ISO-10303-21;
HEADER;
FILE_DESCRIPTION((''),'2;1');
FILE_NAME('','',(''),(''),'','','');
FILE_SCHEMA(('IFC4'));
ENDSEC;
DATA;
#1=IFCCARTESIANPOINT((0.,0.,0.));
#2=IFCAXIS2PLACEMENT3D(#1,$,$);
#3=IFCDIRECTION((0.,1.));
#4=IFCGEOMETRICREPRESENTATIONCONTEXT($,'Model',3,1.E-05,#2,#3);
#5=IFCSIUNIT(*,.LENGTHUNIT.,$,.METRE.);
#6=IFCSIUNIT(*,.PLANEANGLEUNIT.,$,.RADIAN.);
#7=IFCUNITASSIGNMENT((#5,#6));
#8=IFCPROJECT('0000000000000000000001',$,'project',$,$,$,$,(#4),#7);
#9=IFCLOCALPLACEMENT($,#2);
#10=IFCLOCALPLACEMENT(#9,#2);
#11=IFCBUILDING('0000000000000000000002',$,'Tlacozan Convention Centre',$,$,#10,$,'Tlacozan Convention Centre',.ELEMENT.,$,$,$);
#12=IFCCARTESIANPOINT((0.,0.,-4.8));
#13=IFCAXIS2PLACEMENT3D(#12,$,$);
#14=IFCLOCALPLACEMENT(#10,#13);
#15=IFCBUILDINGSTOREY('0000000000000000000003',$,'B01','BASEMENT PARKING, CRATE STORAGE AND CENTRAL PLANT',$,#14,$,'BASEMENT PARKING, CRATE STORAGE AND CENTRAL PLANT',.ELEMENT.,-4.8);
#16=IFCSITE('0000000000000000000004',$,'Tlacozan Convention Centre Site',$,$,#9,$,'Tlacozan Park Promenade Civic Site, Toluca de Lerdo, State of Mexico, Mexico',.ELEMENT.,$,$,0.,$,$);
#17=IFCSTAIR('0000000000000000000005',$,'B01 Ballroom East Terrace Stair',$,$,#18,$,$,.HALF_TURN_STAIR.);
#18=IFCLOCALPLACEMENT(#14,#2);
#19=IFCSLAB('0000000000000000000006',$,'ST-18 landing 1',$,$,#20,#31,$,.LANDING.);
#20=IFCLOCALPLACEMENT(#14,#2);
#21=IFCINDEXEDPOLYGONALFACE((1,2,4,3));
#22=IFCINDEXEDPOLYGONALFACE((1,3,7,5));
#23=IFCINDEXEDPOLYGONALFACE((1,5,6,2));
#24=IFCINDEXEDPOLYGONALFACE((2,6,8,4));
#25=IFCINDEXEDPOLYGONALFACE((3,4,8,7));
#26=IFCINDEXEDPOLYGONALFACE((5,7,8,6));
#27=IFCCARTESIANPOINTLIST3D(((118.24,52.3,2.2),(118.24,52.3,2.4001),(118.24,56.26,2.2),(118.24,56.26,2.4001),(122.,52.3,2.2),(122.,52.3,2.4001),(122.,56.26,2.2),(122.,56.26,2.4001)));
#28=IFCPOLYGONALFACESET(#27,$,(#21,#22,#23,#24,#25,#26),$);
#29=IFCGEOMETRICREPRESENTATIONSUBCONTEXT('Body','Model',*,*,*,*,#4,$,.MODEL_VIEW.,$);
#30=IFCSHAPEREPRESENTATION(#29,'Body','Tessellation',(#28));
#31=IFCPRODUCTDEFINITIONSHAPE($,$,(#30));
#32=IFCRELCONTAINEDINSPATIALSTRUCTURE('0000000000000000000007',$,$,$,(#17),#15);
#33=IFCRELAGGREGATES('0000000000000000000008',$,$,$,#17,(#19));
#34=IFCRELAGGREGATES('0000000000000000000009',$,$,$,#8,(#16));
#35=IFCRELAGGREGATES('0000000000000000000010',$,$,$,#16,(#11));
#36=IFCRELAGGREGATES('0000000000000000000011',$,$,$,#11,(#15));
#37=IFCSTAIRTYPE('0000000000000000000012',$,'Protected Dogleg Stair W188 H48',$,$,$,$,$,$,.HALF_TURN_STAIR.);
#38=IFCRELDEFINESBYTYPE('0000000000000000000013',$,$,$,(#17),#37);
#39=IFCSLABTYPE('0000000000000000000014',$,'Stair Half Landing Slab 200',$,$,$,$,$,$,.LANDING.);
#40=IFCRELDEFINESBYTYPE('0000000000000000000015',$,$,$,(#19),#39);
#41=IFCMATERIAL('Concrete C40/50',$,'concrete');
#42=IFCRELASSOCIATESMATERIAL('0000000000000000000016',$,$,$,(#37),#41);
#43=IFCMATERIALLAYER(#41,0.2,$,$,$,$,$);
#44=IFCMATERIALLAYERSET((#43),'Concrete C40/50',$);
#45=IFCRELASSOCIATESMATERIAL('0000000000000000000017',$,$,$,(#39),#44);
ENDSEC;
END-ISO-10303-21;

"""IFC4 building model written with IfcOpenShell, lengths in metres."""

from ifc_helpers import new_model, si_unit, direction, frame, origin, place, context, subcontext, project, spatial, polyline, outline, extrude, material, layer, layer_set, type_object, element, aggregate, save


model = new_model("IFC4")

# Units and contexts
model_context = context("Model", 3, precision=1e-05, world=origin(), true_north=direction((0.0, 1.0)))
body_context = subcontext(model_context, "Body", "Model", "MODEL_VIEW")
ifc_project = project(units=[si_unit("LENGTHUNIT", "METRE"), si_unit("PLANEANGLEUNIT", "RADIAN")], contexts=[model_context])

# Site, building, storey
site_placement = place(None, origin())
site = spatial("IfcSite", under=ifc_project, at=site_placement, Name="Tlacozan Convention Centre Site", LongName="Tlacozan Park Promenade Civic Site, Toluca de Lerdo, State of Mexico, Mexico", CompositionType="ELEMENT", RefElevation=0.0)
building_placement = place(site_placement, origin())
building = spatial("IfcBuilding", under=site, at=building_placement, Name="Tlacozan Convention Centre", LongName="Tlacozan Convention Centre", CompositionType="ELEMENT")
storey_placement = place(building_placement, frame((0.0, 0.0, -4.8)))
storey = spatial("IfcBuildingStorey", under=building, at=storey_placement, Name="B01", Description="BASEMENT PARKING, CRATE STORAGE AND CENTRAL PLANT", LongName="BASEMENT PARKING, CRATE STORAGE AND CENTRAL PLANT", CompositionType="ELEMENT", Elevation=-4.8)

# Stair, slab
ifc_material_1 = material(Name="Concrete C40/50", Category="concrete")
stair_type_1 = type_object("IfcStairType", Name="Protected Dogleg Stair W188 H48", PredefinedType="HALF_TURN_STAIR", material=ifc_material_1)
ifc_layer_1 = layer(ifc_material_1, 0.2)
ifc_layer_set_1 = layer_set([ifc_layer_1], Name="Concrete C40/50")
slab_type_1 = type_object("IfcSlabType", Name="Stair Half Landing Slab 200", PredefinedType="LANDING", material=ifc_layer_set_1)
stair_1_placement = place(storey_placement, origin())
stair_1 = element("IfcStair", 1, at=stair_1_placement, inside=storey, type_object=stair_type_1, Name="B01 Ballroom East Terrace Stair", PredefinedType="HALF_TURN_STAIR")
slab_1_placement = place(storey_placement, frame((0.0, 0.0, 2.2)))
slab_1 = element("IfcSlab", 2, at=slab_1_placement, type_object=slab_type_1, Name="ST-18 landing 1", PredefinedType="LANDING", context=body_context, shape_type="SweptSolid", body=[
    extrude(outline(polyline([(118.24, 52.3), (122.0, 52.3), (122.0, 56.26), (118.24, 56.26), (118.24, 52.3)])), origin(), (0.0, 0.0, 1.0), 0.2002),
])
aggregate(stair_1, [slab_1])

save(model, "model.ifc")
